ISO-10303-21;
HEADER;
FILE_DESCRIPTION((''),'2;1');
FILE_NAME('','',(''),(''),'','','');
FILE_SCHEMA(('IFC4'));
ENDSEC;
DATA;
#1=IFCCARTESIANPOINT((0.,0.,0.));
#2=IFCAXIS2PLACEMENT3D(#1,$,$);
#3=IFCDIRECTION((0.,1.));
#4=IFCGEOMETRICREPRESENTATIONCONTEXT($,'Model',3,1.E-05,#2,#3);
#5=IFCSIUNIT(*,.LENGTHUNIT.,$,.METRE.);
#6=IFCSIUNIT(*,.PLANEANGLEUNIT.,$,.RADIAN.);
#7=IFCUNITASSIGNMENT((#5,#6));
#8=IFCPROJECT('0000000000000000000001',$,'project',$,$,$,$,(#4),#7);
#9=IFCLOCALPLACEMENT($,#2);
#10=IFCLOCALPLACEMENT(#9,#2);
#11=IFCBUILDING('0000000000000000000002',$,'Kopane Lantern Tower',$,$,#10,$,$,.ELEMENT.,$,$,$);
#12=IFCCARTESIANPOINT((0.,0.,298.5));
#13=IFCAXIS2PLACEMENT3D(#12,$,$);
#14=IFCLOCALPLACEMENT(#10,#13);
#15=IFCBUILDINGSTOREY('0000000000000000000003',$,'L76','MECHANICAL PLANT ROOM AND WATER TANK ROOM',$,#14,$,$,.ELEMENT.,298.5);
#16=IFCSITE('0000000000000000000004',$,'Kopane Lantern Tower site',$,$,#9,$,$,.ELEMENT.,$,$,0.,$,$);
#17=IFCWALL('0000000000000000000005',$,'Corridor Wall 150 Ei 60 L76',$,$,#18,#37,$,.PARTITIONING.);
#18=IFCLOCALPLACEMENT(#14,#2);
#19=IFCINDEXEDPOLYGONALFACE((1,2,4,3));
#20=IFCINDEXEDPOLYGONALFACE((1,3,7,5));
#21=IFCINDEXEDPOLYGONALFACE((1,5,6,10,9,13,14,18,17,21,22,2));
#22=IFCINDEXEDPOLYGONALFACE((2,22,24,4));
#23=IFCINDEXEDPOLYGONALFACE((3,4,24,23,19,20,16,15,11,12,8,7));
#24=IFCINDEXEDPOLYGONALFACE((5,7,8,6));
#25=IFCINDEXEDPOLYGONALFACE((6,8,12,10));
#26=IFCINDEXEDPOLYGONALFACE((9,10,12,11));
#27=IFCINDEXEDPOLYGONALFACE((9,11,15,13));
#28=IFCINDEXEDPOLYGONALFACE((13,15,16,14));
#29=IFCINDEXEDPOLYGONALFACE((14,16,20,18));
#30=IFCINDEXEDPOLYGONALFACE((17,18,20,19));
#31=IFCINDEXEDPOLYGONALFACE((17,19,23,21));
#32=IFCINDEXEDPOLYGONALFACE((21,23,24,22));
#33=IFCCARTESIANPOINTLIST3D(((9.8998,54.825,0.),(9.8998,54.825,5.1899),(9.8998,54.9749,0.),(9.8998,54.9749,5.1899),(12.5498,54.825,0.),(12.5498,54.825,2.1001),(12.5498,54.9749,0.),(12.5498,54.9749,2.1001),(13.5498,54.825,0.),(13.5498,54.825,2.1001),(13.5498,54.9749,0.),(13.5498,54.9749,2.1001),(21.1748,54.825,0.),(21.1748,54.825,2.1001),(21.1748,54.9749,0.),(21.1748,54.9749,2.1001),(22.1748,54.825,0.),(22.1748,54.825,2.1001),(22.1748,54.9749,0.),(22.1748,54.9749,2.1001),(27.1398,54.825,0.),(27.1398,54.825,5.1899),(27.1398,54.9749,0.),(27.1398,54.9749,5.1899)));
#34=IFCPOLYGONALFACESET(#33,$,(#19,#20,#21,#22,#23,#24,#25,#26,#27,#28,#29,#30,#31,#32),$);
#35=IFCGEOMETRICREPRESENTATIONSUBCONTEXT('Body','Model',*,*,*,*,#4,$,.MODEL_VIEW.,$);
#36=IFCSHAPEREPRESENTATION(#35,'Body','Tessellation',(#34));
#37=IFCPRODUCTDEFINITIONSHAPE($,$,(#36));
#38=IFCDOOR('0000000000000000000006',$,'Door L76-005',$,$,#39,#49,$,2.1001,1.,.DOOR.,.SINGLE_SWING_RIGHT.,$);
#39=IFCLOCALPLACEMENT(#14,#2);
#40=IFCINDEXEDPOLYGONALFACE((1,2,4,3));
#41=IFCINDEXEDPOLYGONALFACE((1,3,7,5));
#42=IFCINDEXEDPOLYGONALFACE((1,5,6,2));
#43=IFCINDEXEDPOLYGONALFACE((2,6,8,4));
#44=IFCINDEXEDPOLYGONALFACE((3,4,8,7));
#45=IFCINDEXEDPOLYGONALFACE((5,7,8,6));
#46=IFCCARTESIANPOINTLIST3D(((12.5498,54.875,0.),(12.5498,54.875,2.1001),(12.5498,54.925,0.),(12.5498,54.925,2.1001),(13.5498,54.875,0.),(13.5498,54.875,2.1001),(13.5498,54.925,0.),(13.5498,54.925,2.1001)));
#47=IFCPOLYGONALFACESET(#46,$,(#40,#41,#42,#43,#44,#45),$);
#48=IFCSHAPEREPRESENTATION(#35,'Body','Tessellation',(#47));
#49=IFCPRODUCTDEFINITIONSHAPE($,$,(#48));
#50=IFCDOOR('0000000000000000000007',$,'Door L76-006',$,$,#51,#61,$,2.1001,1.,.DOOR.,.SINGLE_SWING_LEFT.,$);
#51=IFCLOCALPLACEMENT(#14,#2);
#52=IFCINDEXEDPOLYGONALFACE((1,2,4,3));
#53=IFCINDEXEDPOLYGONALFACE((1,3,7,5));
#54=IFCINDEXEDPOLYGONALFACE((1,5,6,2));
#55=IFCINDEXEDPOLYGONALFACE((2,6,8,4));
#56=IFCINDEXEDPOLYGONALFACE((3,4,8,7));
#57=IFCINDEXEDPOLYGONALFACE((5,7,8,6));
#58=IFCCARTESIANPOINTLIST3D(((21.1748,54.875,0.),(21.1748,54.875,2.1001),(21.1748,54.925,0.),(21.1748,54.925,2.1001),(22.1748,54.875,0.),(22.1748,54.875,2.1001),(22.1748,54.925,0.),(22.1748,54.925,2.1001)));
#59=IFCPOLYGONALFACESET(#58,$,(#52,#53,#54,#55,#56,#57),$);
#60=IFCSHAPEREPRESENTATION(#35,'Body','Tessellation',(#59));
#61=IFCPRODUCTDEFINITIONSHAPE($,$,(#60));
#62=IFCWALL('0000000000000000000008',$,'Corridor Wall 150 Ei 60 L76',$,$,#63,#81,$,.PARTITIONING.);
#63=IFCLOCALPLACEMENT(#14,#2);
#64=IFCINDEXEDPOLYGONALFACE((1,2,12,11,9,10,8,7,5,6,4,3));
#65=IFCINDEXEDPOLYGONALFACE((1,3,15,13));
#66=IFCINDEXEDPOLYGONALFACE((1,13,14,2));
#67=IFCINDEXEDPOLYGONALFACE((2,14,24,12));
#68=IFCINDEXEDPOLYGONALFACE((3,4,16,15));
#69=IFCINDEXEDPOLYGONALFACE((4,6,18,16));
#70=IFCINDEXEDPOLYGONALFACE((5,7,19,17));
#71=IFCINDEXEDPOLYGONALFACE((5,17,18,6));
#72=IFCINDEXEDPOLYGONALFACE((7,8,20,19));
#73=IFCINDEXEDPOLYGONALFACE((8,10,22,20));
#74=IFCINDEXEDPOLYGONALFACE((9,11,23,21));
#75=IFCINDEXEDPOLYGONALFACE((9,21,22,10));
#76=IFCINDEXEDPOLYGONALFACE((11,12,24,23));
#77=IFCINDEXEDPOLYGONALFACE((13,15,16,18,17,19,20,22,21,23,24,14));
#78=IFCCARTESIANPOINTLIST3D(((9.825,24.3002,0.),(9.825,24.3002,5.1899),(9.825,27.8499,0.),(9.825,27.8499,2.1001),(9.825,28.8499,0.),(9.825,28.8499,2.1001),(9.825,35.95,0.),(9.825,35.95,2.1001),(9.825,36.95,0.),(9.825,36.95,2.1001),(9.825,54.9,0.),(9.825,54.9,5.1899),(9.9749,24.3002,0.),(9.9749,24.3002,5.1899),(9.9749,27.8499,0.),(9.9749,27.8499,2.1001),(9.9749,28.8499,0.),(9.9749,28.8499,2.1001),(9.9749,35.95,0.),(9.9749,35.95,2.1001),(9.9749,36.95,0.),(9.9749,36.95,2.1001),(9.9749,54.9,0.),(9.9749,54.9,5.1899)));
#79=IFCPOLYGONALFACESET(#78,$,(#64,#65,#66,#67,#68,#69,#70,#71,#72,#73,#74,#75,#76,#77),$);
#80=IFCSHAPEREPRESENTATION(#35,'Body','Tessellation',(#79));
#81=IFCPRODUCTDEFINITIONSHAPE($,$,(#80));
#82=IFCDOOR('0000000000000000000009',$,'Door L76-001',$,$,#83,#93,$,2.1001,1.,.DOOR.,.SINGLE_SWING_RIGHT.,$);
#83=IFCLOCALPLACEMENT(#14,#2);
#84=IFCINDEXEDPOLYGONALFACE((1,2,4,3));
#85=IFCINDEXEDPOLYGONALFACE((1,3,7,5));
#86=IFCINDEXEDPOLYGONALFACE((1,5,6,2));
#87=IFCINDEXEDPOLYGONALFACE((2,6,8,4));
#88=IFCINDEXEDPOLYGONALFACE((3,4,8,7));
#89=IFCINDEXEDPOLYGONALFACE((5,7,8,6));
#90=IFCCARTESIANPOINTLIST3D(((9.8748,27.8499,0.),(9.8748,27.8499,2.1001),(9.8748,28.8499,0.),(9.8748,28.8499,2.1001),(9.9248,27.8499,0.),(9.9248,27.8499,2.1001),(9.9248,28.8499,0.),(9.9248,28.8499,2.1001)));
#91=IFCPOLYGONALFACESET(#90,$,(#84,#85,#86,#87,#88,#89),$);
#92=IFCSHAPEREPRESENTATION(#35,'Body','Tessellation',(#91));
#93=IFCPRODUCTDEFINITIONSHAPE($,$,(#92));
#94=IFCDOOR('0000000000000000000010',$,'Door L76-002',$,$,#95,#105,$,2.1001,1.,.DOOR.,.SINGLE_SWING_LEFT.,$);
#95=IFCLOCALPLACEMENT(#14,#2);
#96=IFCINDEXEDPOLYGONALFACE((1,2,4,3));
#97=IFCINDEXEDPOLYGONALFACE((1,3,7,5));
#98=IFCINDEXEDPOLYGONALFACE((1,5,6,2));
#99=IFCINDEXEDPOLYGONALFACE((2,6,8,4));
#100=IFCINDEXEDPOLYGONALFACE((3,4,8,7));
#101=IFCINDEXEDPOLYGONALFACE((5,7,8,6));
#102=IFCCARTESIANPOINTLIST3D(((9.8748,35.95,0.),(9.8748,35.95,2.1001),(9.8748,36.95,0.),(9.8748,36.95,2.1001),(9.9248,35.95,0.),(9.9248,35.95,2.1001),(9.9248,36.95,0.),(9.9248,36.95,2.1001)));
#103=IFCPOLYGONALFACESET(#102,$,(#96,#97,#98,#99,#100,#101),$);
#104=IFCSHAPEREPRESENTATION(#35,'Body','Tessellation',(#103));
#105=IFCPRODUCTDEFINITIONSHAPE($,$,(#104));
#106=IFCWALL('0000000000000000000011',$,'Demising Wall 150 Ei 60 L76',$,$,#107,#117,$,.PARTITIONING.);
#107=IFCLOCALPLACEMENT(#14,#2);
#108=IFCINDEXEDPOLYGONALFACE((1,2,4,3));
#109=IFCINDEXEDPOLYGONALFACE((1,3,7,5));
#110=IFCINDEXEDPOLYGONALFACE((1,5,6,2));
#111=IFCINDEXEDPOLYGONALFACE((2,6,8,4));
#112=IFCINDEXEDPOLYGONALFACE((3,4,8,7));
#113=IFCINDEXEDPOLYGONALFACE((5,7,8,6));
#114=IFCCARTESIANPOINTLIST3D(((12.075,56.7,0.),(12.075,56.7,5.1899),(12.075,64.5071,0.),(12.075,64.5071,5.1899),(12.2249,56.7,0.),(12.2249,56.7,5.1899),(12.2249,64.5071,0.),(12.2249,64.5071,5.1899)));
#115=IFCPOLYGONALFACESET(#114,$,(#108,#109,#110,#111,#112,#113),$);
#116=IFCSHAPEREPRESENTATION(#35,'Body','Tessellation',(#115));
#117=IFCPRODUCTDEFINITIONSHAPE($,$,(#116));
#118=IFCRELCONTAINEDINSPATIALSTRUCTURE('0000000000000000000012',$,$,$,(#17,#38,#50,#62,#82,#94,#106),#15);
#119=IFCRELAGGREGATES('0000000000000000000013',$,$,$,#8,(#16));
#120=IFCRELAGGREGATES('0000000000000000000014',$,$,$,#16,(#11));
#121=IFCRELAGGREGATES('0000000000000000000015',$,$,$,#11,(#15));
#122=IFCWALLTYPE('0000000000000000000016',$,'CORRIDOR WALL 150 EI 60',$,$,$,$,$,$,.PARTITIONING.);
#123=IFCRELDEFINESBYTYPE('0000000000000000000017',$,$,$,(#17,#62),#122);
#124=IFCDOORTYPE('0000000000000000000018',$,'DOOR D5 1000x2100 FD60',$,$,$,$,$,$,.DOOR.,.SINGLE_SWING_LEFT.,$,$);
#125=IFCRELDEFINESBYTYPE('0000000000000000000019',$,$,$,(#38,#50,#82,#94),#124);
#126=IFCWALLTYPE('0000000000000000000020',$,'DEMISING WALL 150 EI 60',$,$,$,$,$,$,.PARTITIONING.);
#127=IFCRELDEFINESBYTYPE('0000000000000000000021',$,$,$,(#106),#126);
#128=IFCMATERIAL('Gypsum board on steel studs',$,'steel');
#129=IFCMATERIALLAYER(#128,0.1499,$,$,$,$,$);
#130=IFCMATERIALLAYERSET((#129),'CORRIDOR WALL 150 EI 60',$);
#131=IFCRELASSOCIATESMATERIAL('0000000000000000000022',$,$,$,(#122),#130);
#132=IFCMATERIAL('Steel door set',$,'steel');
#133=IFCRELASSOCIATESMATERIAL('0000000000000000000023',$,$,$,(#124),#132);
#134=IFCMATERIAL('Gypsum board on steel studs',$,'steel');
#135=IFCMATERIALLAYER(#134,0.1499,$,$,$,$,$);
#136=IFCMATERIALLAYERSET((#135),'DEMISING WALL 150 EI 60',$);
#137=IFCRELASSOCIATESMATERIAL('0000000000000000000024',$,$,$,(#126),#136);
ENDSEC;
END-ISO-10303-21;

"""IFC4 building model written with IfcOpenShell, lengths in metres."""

from ifc_helpers import new_model, si_unit, direction, frame, frame_2d, origin, place, context, subcontext, project, spatial, rectangle, extrude, material, layer, layer_set, type_object, element, fill, save


model = new_model("IFC4")

# Units and contexts
model_context = context("Model", 3, precision=1e-05, world=origin(), true_north=direction((0.0, 1.0)))
body_context = subcontext(model_context, "Body", "Model", "MODEL_VIEW")
ifc_project = project(units=[si_unit("LENGTHUNIT", "METRE"), si_unit("PLANEANGLEUNIT", "RADIAN")], contexts=[model_context])

# Site, building, storey
site_placement = place(None, origin())
site = spatial("IfcSite", under=ifc_project, at=site_placement, Name="Kopane Lantern Tower site", CompositionType="ELEMENT", RefElevation=0.0)
building_placement = place(site_placement, origin())
building = spatial("IfcBuilding", under=site, at=building_placement, Name="Kopane Lantern Tower", CompositionType="ELEMENT")
storey_placement = place(building_placement, frame((0.0, 0.0, 298.5)))
storey = spatial("IfcBuildingStorey", under=building, at=storey_placement, Name="L76", Description="MECHANICAL PLANT ROOM AND WATER TANK ROOM", CompositionType="ELEMENT", Elevation=298.5)

# Walls, openings, doors
ifc_material_1 = material(Name="Gypsum board on steel studs", Category="steel")
ifc_layer_1 = layer(ifc_material_1, 0.1499)
ifc_layer_set_1 = layer_set([ifc_layer_1], Name="CORRIDOR WALL 150 EI 60")
wall_type_1 = type_object("IfcWallType", Name="CORRIDOR WALL 150 EI 60", PredefinedType="PARTITIONING", material=ifc_layer_set_1)
wall_1_placement = place(storey_placement, frame((27.1399, 54.8999, 0.0), z_axis=(0.0, 0.0, 1.0), x_axis=(-1.0, 0.0, 0.0)))
wall_1 = element("IfcWall", 1, at=wall_1_placement, inside=storey, type_object=wall_type_1, Name="Corridor Wall 150 Ei 60 L76", PredefinedType="PARTITIONING", context=body_context, shape_type="SweptSolid", body=[
    extrude(rectangle(XDim=17.24, YDim=0.1499, at=frame_2d((8.6201, 0.0))), origin(), (0.0, 0.0, 1.0), 5.1899),
])
opening_1_placement = place(wall_1_placement, frame((13.5901, 0.0, 0.0)))
opening_1 = element("IfcOpeningElement", 2, at=opening_1_placement, cuts=wall_1, PredefinedType="OPENING", context=body_context, shape_type="SweptSolid", body=[
    extrude(rectangle(XDim=1.0, YDim=2.1001, at=frame_2d((0.5, 1.05))), frame((0.0, 0.085, 0.0), z_axis=(0.0, -1.0, 0.0), x_axis=(1.0, 0.0, 0.0)), (0.0, 0.0, 1.0), 0.1699),
])
opening_2_placement = place(wall_1_placement, frame((4.9651, 0.0, 0.0)))
opening_2 = element("IfcOpeningElement", 3, at=opening_2_placement, cuts=wall_1, PredefinedType="OPENING", context=body_context, shape_type="SweptSolid", body=[
    extrude(rectangle(XDim=1.0, YDim=2.1001, at=frame_2d((0.5, 1.05))), frame((0.0, 0.085, 0.0), z_axis=(0.0, -1.0, 0.0), x_axis=(1.0, 0.0, 0.0)), (0.0, 0.0, 1.0), 0.1699),
])
ifc_material_2 = material(Name="Steel door set", Category="steel")
door_type = type_object("IfcDoorType", Name="DOOR D5 1000x2100 FD60", OperationType="SINGLE_SWING_LEFT", PredefinedType="DOOR", material=ifc_material_2)
door_1_placement = place(opening_1_placement, origin())
door_1 = element("IfcDoor", 4, at=door_1_placement, inside=storey, type_object=door_type, Name="Door L76-005", OperationType="SINGLE_SWING_RIGHT", OverallHeight=2.1001, OverallWidth=1.0, PredefinedType="DOOR", context=body_context, shape_type="SweptSolid", body=[
    extrude(rectangle(XDim=1.0, YDim=2.1001, at=frame_2d((0.5, 1.05))), frame((0.0, 0.0249, 0.0), z_axis=(0.0, -1.0, 0.0), x_axis=(1.0, 0.0, 0.0)), (0.0, 0.0, 1.0), 0.05),
])
fill(opening_1, door_1)
door_2_placement = place(opening_2_placement, origin())
door_2 = element("IfcDoor", 5, at=door_2_placement, inside=storey, type_object=door_type, Name="Door L76-006", OperationType="SINGLE_SWING_LEFT", OverallHeight=2.1001, OverallWidth=1.0, PredefinedType="DOOR", context=body_context, shape_type="SweptSolid", body=[
    extrude(rectangle(XDim=1.0, YDim=2.1001, at=frame_2d((0.5, 1.05))), frame((0.0, 0.0249, 0.0), z_axis=(0.0, -1.0, 0.0), x_axis=(1.0, 0.0, 0.0)), (0.0, 0.0, 1.0), 0.05),
])
fill(opening_2, door_2)
wall_2_placement = place(storey_placement, frame((9.8999, 54.8999, 0.0), z_axis=(0.0, 0.0, 1.0), x_axis=(0.0, -1.0, 0.0)))
wall_2 = element("IfcWall", 6, at=wall_2_placement, inside=storey, type_object=wall_type_1, Name="Corridor Wall 150 Ei 60 L76", PredefinedType="PARTITIONING", context=body_context, shape_type="SweptSolid", body=[
    extrude(rectangle(XDim=30.5999, YDim=0.1499, at=frame_2d((15.2998, 0.0))), origin(), (0.0, 0.0, 1.0), 5.1899),
])
opening_3_placement = place(wall_2_placement, frame((26.05, 0.0, 0.0)))
opening_3 = element("IfcOpeningElement", 7, at=opening_3_placement, cuts=wall_2, PredefinedType="OPENING", context=body_context, shape_type="SweptSolid", body=[
    extrude(rectangle(XDim=1.0, YDim=2.1001, at=frame_2d((0.5, 1.05))), frame((0.0, 0.085, 0.0), z_axis=(0.0, -1.0, 0.0), x_axis=(1.0, 0.0, 0.0)), (0.0, 0.0, 1.0), 0.1699),
])
opening_4_placement = place(wall_2_placement, frame((17.95, 0.0, 0.0)))
opening_4 = element("IfcOpeningElement", 8, at=opening_4_placement, cuts=wall_2, PredefinedType="OPENING", context=body_context, shape_type="SweptSolid", body=[
    extrude(rectangle(XDim=1.0, YDim=2.1001, at=frame_2d((0.5, 1.05))), frame((0.0, 0.085, 0.0), z_axis=(0.0, -1.0, 0.0), x_axis=(1.0, 0.0, 0.0)), (0.0, 0.0, 1.0), 0.1699),
])
door_3_placement = place(opening_3_placement, origin())
door_3 = element("IfcDoor", 9, at=door_3_placement, inside=storey, type_object=door_type, Name="Door L76-001", OperationType="SINGLE_SWING_RIGHT", OverallHeight=2.1001, OverallWidth=1.0, PredefinedType="DOOR", context=body_context, shape_type="SweptSolid", body=[
    extrude(rectangle(XDim=1.0, YDim=2.1001, at=frame_2d((0.5, 1.05))), frame((0.0, 0.0249, 0.0), z_axis=(0.0, -1.0, 0.0), x_axis=(1.0, 0.0, 0.0)), (0.0, 0.0, 1.0), 0.05),
])
fill(opening_3, door_3)
door_4_placement = place(opening_4_placement, origin())
door_4 = element("IfcDoor", 10, at=door_4_placement, inside=storey, type_object=door_type, Name="Door L76-002", OperationType="SINGLE_SWING_LEFT", OverallHeight=2.1001, OverallWidth=1.0, PredefinedType="DOOR", context=body_context, shape_type="SweptSolid", body=[
    extrude(rectangle(XDim=1.0, YDim=2.1001, at=frame_2d((0.5, 1.05))), frame((0.0, 0.0249, 0.0), z_axis=(0.0, -1.0, 0.0), x_axis=(1.0, 0.0, 0.0)), (0.0, 0.0, 1.0), 0.05),
])
fill(opening_4, door_4)

# Wall
ifc_material_3 = material(Name="Gypsum board on steel studs", Category="steel")
ifc_layer_2 = layer(ifc_material_3, 0.1499)
ifc_layer_set_2 = layer_set([ifc_layer_2], Name="DEMISING WALL 150 EI 60")
wall_type_2 = type_object("IfcWallType", Name="DEMISING WALL 150 EI 60", PredefinedType="PARTITIONING", material=ifc_layer_set_2)
wall_3_placement = place(storey_placement, frame((12.1499, 56.7, 0.0), z_axis=(0.0, 0.0, 1.0), x_axis=(0.0, 1.0, 0.0)))
element("IfcWall", 11, at=wall_3_placement, inside=storey, type_object=wall_type_2, Name="Demising Wall 150 Ei 60 L76", PredefinedType="PARTITIONING", context=body_context, shape_type="SweptSolid", body=[
    extrude(rectangle(XDim=7.8071, YDim=0.1499, at=frame_2d((3.9036, 0.0))), origin(), (0.0, 0.0, 1.0), 5.1899),
])

save(model, "model.ifc")
